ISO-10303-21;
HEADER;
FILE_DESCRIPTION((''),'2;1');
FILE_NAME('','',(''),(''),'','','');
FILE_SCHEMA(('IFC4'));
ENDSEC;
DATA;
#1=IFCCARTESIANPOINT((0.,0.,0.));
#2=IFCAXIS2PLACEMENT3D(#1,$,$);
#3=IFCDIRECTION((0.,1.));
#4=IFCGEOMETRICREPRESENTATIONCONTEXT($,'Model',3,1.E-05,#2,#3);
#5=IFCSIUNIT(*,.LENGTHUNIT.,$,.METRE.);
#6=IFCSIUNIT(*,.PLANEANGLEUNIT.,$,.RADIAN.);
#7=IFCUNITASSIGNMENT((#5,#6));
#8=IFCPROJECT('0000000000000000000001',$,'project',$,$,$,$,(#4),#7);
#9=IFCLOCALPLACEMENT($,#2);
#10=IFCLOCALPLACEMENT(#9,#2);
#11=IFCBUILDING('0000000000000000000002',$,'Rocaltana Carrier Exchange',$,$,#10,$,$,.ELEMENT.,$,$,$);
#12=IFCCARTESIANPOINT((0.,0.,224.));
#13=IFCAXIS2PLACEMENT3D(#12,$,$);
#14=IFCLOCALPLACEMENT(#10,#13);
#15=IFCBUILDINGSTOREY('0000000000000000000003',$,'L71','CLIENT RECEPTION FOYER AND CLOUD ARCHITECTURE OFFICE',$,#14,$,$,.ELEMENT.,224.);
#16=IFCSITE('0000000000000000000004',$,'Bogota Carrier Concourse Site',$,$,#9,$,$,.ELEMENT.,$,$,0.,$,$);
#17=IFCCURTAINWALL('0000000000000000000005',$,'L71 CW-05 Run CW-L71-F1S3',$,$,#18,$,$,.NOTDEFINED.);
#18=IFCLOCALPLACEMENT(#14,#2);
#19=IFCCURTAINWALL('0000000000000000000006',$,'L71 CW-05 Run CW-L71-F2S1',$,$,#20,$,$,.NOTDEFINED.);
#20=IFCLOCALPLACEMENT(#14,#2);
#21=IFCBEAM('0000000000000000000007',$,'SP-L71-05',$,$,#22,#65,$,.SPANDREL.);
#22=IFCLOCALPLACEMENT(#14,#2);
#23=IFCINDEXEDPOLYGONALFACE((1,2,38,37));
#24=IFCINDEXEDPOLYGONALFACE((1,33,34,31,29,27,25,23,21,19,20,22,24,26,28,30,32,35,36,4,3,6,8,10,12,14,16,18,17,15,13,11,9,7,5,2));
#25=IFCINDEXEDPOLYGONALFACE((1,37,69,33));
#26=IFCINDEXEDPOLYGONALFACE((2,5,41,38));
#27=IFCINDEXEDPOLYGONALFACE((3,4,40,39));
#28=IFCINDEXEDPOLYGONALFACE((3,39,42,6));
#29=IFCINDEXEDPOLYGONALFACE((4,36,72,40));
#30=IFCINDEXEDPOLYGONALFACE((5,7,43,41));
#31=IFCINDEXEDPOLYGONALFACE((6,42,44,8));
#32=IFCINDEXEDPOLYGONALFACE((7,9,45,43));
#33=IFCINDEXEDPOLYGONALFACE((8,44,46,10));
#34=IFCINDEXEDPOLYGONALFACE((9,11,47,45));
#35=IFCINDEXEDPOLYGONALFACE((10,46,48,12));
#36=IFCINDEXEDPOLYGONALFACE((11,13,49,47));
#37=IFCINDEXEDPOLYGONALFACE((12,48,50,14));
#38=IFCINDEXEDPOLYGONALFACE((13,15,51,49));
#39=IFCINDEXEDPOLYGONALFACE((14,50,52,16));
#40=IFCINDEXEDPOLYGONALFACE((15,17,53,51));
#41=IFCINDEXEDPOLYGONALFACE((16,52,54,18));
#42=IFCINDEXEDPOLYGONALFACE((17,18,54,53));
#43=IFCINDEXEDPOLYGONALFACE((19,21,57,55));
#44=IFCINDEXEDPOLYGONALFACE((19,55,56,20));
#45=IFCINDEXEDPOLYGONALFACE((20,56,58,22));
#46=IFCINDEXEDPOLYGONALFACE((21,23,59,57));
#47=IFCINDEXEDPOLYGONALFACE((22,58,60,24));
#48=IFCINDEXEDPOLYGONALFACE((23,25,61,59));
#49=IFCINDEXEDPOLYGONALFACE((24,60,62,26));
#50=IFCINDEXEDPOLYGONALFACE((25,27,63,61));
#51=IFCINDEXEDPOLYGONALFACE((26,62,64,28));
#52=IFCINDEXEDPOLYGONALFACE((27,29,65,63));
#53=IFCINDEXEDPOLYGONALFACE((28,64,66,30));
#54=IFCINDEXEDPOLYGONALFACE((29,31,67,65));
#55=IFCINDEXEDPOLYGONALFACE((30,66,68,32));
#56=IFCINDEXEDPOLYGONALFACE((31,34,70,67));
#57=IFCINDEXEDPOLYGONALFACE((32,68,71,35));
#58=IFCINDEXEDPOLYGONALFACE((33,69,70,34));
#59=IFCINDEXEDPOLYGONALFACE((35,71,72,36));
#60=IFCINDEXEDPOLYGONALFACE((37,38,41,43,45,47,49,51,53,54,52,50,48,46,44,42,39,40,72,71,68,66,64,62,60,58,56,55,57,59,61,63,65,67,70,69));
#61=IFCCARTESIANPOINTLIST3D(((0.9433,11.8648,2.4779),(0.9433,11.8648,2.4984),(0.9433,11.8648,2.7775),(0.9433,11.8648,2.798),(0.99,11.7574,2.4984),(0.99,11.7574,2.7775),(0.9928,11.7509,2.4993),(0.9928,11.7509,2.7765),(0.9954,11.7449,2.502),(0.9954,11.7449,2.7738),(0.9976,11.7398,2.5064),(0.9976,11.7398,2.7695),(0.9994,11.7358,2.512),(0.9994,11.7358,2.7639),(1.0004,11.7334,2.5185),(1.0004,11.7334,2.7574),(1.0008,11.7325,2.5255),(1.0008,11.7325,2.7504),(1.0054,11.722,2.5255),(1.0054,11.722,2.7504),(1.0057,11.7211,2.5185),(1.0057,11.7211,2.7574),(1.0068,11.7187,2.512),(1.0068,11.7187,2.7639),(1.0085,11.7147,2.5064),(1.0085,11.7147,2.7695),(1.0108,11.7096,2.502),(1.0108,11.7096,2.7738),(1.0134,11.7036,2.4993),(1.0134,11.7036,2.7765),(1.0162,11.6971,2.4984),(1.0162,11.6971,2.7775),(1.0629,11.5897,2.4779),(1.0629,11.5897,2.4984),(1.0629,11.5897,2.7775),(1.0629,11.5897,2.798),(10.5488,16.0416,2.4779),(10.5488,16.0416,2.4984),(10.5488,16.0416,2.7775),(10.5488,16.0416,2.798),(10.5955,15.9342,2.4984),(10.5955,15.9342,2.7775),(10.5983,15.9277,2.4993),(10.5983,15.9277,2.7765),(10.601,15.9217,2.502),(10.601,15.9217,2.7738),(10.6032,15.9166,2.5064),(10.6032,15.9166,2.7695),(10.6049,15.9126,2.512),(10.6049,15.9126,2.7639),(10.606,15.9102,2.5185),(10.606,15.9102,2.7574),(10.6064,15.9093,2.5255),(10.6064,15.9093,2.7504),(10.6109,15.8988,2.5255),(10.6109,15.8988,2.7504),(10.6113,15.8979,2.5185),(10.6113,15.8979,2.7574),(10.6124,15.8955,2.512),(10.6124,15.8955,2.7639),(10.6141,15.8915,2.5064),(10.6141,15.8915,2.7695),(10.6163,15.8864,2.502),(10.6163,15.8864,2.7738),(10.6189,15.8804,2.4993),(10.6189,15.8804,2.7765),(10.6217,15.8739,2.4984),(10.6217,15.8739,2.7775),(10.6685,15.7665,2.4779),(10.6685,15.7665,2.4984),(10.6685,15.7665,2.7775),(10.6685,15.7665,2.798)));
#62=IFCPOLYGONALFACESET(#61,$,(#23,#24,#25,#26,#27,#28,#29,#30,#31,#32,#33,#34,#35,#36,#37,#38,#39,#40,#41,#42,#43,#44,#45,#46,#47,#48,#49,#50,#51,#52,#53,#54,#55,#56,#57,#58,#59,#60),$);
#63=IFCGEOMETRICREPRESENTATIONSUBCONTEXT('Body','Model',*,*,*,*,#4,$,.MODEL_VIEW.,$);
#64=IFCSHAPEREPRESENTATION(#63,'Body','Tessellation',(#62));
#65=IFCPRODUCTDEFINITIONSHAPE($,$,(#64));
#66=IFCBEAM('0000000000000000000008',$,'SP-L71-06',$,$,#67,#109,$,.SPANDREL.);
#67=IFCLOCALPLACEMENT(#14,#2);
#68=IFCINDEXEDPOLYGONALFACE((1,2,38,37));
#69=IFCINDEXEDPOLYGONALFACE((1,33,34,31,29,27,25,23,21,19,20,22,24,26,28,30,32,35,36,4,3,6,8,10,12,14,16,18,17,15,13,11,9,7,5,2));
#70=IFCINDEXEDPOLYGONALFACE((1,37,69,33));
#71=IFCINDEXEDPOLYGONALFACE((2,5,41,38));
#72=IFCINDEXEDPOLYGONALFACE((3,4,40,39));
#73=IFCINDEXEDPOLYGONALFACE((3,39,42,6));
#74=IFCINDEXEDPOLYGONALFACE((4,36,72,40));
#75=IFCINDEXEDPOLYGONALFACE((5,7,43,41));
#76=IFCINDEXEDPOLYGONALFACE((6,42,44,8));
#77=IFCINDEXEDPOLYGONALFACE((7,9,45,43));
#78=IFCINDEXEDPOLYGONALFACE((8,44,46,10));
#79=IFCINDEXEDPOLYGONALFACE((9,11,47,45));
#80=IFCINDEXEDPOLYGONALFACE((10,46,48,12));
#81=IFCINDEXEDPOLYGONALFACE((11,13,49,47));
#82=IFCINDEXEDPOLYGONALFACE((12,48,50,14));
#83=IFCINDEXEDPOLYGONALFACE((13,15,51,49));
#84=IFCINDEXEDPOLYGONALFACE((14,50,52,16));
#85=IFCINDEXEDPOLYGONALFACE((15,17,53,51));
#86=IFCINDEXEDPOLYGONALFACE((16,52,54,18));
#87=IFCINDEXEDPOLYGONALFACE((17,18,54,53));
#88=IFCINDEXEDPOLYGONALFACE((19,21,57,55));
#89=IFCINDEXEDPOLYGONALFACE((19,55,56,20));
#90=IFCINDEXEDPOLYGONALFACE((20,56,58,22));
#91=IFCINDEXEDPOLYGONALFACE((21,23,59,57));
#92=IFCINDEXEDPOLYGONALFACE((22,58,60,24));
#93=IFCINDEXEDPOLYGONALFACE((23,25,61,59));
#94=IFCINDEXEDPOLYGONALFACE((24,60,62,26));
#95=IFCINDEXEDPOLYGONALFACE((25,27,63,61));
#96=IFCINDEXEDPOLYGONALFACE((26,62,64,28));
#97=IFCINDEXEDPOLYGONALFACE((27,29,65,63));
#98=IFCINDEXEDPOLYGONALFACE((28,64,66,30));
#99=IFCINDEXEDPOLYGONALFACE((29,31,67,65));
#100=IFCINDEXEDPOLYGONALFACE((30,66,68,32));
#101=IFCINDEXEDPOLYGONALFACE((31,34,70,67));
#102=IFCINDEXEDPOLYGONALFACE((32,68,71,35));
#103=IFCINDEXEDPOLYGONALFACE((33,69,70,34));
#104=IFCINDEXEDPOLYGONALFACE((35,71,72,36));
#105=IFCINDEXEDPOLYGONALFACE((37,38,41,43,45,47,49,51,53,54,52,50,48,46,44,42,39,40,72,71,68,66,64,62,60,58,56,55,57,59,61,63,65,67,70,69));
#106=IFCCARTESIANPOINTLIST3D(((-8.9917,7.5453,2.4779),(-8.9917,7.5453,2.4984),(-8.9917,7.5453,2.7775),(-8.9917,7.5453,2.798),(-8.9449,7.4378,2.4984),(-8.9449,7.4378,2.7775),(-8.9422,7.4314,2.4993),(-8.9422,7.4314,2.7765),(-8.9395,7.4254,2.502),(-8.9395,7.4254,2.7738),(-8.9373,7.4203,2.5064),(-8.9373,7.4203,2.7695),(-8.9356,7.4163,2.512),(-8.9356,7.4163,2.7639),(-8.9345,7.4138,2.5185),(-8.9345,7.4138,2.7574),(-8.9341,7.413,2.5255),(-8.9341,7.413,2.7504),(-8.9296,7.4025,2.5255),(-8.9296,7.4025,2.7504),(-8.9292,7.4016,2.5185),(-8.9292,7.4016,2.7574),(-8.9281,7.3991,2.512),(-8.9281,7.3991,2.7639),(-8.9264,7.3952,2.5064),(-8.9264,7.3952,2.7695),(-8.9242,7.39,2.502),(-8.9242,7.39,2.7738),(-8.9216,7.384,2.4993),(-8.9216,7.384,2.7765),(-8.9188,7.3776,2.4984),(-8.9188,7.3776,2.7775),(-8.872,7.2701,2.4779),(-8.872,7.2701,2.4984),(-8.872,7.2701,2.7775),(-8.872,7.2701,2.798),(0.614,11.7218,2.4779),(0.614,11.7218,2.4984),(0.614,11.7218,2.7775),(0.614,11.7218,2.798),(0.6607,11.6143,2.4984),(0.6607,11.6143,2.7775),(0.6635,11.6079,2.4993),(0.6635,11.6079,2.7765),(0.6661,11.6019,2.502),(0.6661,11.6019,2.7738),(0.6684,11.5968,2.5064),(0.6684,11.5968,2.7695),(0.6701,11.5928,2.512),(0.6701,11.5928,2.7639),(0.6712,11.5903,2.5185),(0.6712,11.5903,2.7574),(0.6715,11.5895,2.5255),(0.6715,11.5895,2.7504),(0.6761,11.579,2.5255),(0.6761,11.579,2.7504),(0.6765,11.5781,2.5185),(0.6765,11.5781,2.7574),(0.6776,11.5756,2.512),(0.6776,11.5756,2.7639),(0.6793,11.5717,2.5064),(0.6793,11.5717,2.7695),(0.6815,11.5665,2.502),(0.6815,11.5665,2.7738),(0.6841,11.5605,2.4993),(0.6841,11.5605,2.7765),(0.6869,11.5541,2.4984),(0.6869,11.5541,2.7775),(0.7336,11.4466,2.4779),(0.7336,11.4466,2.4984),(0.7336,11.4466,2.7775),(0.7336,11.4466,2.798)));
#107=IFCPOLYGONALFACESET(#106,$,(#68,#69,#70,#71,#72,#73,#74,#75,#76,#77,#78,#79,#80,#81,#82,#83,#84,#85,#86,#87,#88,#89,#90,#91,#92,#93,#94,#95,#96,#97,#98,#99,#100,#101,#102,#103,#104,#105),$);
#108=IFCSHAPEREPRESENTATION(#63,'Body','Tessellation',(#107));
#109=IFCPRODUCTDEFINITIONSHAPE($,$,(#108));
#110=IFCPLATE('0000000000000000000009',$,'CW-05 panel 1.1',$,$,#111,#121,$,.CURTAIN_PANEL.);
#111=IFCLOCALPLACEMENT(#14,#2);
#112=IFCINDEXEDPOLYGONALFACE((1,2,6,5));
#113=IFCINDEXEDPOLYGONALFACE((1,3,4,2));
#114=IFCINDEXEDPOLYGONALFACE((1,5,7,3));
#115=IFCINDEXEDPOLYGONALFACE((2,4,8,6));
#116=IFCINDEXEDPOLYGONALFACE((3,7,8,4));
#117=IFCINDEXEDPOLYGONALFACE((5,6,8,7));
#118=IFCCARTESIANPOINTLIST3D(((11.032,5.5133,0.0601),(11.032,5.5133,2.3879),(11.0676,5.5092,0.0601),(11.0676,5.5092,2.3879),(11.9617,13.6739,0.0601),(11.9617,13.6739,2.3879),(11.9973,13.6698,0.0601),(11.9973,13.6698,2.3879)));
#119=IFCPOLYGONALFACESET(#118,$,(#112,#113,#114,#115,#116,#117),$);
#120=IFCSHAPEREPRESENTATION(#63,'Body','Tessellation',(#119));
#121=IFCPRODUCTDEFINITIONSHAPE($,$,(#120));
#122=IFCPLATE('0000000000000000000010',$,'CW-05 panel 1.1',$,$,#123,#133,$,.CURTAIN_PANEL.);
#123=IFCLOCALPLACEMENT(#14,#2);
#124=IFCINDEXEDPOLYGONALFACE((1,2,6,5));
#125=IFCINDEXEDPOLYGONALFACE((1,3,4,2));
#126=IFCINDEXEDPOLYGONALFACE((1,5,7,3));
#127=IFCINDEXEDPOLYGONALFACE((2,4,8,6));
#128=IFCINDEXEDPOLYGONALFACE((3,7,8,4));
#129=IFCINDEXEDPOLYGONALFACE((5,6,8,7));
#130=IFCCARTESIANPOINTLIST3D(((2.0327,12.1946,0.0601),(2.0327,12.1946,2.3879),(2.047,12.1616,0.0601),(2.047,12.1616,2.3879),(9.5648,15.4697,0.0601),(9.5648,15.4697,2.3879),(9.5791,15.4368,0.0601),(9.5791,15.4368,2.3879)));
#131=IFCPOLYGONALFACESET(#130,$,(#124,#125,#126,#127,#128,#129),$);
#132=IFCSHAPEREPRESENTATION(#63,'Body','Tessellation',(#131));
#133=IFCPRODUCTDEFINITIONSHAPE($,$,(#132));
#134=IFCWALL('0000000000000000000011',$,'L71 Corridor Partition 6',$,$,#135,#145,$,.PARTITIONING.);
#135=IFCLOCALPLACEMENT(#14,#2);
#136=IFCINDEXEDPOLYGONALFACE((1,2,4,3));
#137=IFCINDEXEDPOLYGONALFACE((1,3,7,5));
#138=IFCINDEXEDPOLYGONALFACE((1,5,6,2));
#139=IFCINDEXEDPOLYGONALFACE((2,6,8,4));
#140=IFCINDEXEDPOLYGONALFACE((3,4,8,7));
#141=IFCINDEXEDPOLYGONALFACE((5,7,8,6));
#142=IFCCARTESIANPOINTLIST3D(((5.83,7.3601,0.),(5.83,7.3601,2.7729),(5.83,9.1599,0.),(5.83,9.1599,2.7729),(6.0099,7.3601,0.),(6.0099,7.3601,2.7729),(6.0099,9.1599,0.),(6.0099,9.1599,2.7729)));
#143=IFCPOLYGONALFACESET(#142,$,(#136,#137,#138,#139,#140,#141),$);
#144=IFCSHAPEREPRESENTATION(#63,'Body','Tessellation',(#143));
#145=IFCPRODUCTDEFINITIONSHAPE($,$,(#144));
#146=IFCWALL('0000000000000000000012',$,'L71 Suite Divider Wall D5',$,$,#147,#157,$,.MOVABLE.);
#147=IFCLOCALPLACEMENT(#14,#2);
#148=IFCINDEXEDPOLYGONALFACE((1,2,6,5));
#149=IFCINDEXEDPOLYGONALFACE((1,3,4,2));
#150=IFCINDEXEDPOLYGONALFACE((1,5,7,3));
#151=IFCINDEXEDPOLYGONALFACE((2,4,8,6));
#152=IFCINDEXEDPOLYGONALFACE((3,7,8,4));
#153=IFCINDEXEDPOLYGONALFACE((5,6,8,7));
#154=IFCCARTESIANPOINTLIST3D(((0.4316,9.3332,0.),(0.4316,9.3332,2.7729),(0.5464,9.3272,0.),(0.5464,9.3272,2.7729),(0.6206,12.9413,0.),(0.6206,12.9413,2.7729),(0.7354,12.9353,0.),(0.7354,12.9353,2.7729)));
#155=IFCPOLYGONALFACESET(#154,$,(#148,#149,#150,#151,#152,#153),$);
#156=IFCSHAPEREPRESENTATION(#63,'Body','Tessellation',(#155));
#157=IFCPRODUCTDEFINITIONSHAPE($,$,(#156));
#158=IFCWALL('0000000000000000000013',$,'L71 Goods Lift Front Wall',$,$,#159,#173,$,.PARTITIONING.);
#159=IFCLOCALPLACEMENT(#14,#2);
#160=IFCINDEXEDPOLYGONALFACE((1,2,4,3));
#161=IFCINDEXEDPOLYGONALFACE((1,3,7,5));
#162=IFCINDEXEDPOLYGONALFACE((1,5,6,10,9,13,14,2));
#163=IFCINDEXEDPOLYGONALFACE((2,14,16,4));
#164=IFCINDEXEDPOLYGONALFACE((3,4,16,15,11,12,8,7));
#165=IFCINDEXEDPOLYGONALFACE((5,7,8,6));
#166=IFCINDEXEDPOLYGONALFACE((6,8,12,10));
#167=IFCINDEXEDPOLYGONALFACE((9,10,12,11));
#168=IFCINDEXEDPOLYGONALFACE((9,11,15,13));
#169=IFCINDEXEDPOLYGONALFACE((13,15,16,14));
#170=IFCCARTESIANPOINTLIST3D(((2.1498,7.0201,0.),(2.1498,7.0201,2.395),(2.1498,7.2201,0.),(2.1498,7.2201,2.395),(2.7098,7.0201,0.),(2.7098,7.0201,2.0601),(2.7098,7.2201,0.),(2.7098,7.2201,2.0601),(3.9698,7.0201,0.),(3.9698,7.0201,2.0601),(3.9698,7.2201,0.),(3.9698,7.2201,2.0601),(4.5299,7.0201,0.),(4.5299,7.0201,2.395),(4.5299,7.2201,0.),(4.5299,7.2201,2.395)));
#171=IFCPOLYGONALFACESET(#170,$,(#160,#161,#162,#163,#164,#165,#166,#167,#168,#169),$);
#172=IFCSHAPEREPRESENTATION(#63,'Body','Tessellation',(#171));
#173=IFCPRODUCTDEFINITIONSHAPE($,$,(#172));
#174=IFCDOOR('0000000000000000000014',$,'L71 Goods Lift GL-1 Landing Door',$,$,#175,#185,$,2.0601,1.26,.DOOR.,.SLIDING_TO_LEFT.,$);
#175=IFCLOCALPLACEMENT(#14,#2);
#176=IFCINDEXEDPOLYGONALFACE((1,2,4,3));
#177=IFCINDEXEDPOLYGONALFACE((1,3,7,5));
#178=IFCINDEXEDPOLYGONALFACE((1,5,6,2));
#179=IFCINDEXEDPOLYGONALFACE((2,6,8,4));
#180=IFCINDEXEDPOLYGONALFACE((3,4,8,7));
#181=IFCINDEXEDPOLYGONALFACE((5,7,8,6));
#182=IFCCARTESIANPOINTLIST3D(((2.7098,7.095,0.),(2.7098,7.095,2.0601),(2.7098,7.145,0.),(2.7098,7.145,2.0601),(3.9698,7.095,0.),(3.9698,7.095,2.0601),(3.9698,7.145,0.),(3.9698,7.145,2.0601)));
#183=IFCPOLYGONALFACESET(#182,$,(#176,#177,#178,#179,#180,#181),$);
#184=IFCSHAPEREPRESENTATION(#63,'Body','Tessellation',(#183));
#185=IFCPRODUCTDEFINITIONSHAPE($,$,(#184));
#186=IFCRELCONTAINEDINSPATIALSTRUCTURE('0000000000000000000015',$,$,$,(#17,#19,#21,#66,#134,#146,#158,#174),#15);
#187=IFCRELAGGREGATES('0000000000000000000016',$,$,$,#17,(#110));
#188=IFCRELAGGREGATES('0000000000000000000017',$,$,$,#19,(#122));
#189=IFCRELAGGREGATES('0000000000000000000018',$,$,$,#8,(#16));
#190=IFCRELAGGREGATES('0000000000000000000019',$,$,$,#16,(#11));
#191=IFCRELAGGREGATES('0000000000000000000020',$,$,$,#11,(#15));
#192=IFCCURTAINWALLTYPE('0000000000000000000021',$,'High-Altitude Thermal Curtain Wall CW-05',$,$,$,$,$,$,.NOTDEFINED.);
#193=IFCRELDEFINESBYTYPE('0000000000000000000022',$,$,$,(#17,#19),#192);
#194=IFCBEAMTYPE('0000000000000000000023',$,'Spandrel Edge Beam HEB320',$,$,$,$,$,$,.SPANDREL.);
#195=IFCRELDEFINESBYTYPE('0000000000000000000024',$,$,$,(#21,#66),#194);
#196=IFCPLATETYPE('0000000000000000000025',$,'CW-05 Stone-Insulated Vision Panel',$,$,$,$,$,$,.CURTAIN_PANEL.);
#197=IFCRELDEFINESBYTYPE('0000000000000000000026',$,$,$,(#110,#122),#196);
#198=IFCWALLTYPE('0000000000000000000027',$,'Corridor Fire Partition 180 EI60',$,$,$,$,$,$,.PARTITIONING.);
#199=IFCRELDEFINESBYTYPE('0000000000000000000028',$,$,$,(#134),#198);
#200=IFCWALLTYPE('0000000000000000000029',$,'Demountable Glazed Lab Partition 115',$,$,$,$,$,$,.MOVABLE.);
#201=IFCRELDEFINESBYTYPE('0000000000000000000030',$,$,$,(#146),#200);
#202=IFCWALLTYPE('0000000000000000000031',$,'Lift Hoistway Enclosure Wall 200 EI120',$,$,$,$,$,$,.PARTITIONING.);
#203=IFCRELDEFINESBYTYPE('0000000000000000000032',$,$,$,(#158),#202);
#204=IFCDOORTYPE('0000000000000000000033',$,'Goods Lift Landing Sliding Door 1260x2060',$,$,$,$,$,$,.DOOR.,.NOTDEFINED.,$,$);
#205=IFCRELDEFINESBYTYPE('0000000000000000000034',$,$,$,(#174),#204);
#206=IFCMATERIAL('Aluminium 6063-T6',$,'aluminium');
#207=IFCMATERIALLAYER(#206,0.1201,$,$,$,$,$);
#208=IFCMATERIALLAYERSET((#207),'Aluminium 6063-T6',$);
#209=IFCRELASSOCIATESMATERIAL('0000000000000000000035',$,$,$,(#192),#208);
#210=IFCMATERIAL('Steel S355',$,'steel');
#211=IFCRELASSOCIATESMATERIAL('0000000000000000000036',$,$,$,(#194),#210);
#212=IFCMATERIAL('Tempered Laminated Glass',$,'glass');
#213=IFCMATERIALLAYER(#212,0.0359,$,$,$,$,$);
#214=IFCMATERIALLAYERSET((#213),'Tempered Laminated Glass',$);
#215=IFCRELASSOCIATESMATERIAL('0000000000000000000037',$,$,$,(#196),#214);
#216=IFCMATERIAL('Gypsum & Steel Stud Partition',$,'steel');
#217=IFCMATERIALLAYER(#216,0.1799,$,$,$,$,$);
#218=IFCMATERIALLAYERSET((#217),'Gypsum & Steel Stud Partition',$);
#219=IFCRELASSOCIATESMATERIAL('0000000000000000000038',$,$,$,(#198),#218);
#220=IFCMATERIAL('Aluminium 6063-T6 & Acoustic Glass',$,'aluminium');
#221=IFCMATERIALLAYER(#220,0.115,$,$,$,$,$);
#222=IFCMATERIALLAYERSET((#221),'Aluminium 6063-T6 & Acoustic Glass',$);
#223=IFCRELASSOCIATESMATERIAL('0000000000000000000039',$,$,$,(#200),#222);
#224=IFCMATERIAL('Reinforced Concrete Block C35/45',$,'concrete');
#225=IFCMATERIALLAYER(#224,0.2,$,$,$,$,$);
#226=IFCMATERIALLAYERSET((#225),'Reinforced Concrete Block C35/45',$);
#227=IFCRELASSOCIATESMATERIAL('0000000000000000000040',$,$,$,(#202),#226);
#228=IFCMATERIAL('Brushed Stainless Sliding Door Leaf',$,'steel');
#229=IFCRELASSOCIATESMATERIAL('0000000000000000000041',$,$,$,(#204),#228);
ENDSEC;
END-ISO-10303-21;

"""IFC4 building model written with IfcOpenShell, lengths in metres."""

from ifc_helpers import new_model, si_unit, direction, frame, frame_2d, origin, origin_2d, place, context, subcontext, project, spatial, rectangle, i_section, extrude, material, layer, layer_set, material_profile, profile_set, type_object, element, fill, aggregate, save


model = new_model("IFC4")

# Units and contexts
model_context = context("Model", 3, precision=1e-05, world=origin(), true_north=direction((0.0, 1.0)))
body_context = subcontext(model_context, "Body", "Model", "MODEL_VIEW")
ifc_project = project(units=[si_unit("LENGTHUNIT", "METRE"), si_unit("PLANEANGLEUNIT", "RADIAN")], contexts=[model_context])

# Site, building, storey
site_placement = place(None, origin())
site = spatial("IfcSite", under=ifc_project, at=site_placement, Name="Bogota Carrier Concourse Site", CompositionType="ELEMENT", RefElevation=0.0)
building_placement = place(site_placement, origin())
building = spatial("IfcBuilding", under=site, at=building_placement, Name="Rocaltana Carrier Exchange", CompositionType="ELEMENT")
storey_placement = place(building_placement, frame((0.0, 0.0, 224.0)))
storey = spatial("IfcBuildingStorey", under=building, at=storey_placement, Name="L71", Description="CLIENT RECEPTION FOYER AND CLOUD ARCHITECTURE OFFICE", CompositionType="ELEMENT", Elevation=224.0)

# Curtain wall
ifc_material_1 = material(Name="Aluminium 6063-T6", Category="aluminium")
ifc_layer_1 = layer(ifc_material_1, 0.1201)
ifc_layer_set_1 = layer_set([ifc_layer_1], Name="Aluminium 6063-T6")
curtain_wall_type = type_object("IfcCurtainWallType", Name="High-Altitude Thermal Curtain Wall CW-05", PredefinedType="NOTDEFINED", material=ifc_layer_set_1)
curtain_wall_1_placement = place(storey_placement, origin())
curtain_wall_1 = element("IfcCurtainWall", 1, at=curtain_wall_1_placement, inside=storey, type_object=curtain_wall_type, Name="L71 CW-05 Run CW-L71-F1S3", PredefinedType="NOTDEFINED")

# Curtain wall
curtain_wall_2_placement = place(storey_placement, origin())
curtain_wall_2 = element("IfcCurtainWall", 2, at=curtain_wall_2_placement, inside=storey, type_object=curtain_wall_type, Name="L71 CW-05 Run CW-L71-F2S1", PredefinedType="NOTDEFINED")

# Beams
ifc_material_2 = material(Name="Steel S355", Category="steel")
ifc_material_profile_1 = material_profile(ifc_material_2, i_section(OverallWidth=0.3, OverallDepth=0.3201, WebThickness=0.0115, FlangeThickness=0.0205, FilletRadius=0.0271, at=origin_2d()), Name="HEB320")
ifc_profile_set_1 = profile_set([ifc_material_profile_1], Name="Steel S355")
beam_type_1 = type_object("IfcBeamType", Name="Spandrel Edge Beam HEB320", PredefinedType="SPANDREL", material=ifc_profile_set_1)
for number, where, z_axis, x_axis, name in (
    (3, (10.6086, 15.9041, 2.6379), (-0.917054, -0.398764, 0.0), (0.398764, -0.917054, 0.0), "SP-L71-05"),
    (4, (0.6738, 11.5842, 2.6379), (-0.917066, -0.398735, 0.0), (0.398735, -0.917066, 0.0), "SP-L71-06"),
):
    element("IfcBeam", number, at=place(storey_placement, frame(where, z_axis=z_axis, x_axis=x_axis)), inside=storey, type_object=beam_type_1, Name=name, PredefinedType="SPANDREL", context=body_context, shape_type="SweptSolid", body=[
        extrude(i_section(OverallWidth=0.3, OverallDepth=0.3201, WebThickness=0.0115, FlangeThickness=0.0205, FilletRadius=0.0271, at=origin_2d()), origin(), (0.0, 0.0, 1.0), 10.4744),
    ])

# Plates
ifc_material_3 = material(Name="Tempered Laminated Glass", Category="glass")
ifc_layer_2 = layer(ifc_material_3, 0.0359)
ifc_layer_set_2 = layer_set([ifc_layer_2], Name="Tempered Laminated Glass")
plate_type = type_object("IfcPlateType", Name="CW-05 Stone-Insulated Vision Panel", PredefinedType="CURTAIN_PANEL", material=ifc_layer_set_2)
plate_1_placement = place(storey_placement, frame((11.5146, 9.5916, 0.0601), z_axis=(0.0, 0.0, 1.0), x_axis=(0.113197, 0.993573, 0.0)))
plate_1 = element("IfcPlate", 5, at=plate_1_placement, type_object=plate_type, Name="CW-05 panel 1.1", PredefinedType="CURTAIN_PANEL", context=body_context, shape_type="SweptSolid", body=[
    extrude(rectangle(XDim=8.2134, YDim=0.0359, at=origin_2d()), origin(), (0.0, 0.0, 1.0), 2.3279),
])
aggregate(curtain_wall_1, [plate_1])
plate_2_placement = place(storey_placement, frame((5.8059, 13.8157, 0.0601), z_axis=(0.0, 0.0, 1.0), x_axis=(-0.917057, -0.398757, 0.0)))
plate_2 = element("IfcPlate", 6, at=plate_2_placement, type_object=plate_type, Name="CW-05 panel 1.1", PredefinedType="CURTAIN_PANEL", context=body_context, shape_type="SweptSolid", body=[
    extrude(rectangle(XDim=8.2134, YDim=0.0359, at=origin_2d()), origin(), (0.0, 0.0, 1.0), 2.3279),
])
aggregate(curtain_wall_2, [plate_2])

# Walls
ifc_material_4 = material(Name="Gypsum & Steel Stud Partition", Category="steel")
ifc_layer_3 = layer(ifc_material_4, 0.1799)
ifc_layer_set_3 = layer_set([ifc_layer_3], Name="Gypsum & Steel Stud Partition")
wall_type_1 = type_object("IfcWallType", Name="Corridor Fire Partition 180 EI60", PredefinedType="PARTITIONING", material=ifc_layer_set_3)
wall_1_placement = place(storey_placement, frame((5.9199, 9.1599, 0.0), z_axis=(0.0, 0.0, 1.0), x_axis=(0.0, -1.0, 0.0)))
element("IfcWall", 7, at=wall_1_placement, inside=storey, type_object=wall_type_1, Name="L71 Corridor Partition 6", PredefinedType="PARTITIONING", context=body_context, shape_type="SweptSolid", body=[
    extrude(rectangle(XDim=1.7998, YDim=0.1799, at=frame_2d((0.8999, 0.0))), origin(), (0.0, 0.0, 1.0), 2.7729),
])
ifc_material_5 = material(Name="Aluminium 6063-T6 & Acoustic Glass", Category="aluminium")
ifc_layer_4 = layer(ifc_material_5, 0.115)
ifc_layer_set_4 = layer_set([ifc_layer_4], Name="Aluminium 6063-T6 & Acoustic Glass")
wall_type_2 = type_object("IfcWallType", Name="Demountable Glazed Lab Partition 115", PredefinedType="MOVABLE", material=ifc_layer_set_4)
wall_2_placement = place(storey_placement, frame((0.489, 9.3301, 0.0), z_axis=(0.0, 0.0, 1.0), x_axis=(0.0523, 0.998631, 0.0)))
element("IfcWall", 8, at=wall_2_placement, inside=storey, type_object=wall_type_2, Name="L71 Suite Divider Wall D5", PredefinedType="MOVABLE", context=body_context, shape_type="SweptSolid", body=[
    extrude(rectangle(XDim=3.613, YDim=0.115, at=frame_2d((1.8066, 0.0))), origin(), (0.0, 0.0, 1.0), 2.7729),
])

# Wall, opening, door
ifc_material_6 = material(Name="Reinforced Concrete Block C35/45", Category="concrete")
ifc_layer_5 = layer(ifc_material_6, 0.2)
ifc_layer_set_5 = layer_set([ifc_layer_5], Name="Reinforced Concrete Block C35/45")
wall_type_3 = type_object("IfcWallType", Name="Lift Hoistway Enclosure Wall 200 EI120", PredefinedType="PARTITIONING", material=ifc_layer_set_5)
wall_3_placement = place(storey_placement, frame((2.1499, 7.1201, 0.0), z_axis=(0.0, 0.0, 1.0), x_axis=(1.0, 0.0, 0.0)))
wall_3 = element("IfcWall", 9, at=wall_3_placement, inside=storey, type_object=wall_type_3, Name="L71 Goods Lift Front Wall", PredefinedType="PARTITIONING", context=body_context, shape_type="SweptSolid", body=[
    extrude(rectangle(XDim=2.3801, YDim=0.2, at=frame_2d((1.1899, 0.0))), origin(), (0.0, 0.0, 1.0), 2.395),
])
opening_1_placement = place(wall_3_placement, frame((0.5601, 0.0, 0.0)))
opening_1 = element("IfcOpeningElement", 10, at=opening_1_placement, cuts=wall_3, PredefinedType="OPENING", context=body_context, shape_type="SweptSolid", body=[
    extrude(rectangle(XDim=1.26, YDim=2.0601, at=frame_2d((0.6299, 1.03))), frame((0.0, 0.1099, 0.0), z_axis=(0.0, -1.0, 0.0), x_axis=(1.0, 0.0, 0.0)), (0.0, 0.0, 1.0), 0.22),
])
ifc_material_7 = material(Name="Brushed Stainless Sliding Door Leaf", Category="steel")
door_type_1 = type_object("IfcDoorType", Name="Goods Lift Landing Sliding Door 1260x2060", OperationType="NOTDEFINED", PredefinedType="DOOR", material=ifc_material_7)
door_1_placement = place(opening_1_placement, origin())
door_1 = element("IfcDoor", 11, at=door_1_placement, inside=storey, type_object=door_type_1, Name="L71 Goods Lift GL-1 Landing Door", OperationType="SLIDING_TO_LEFT", OverallHeight=2.0601, OverallWidth=1.26, PredefinedType="DOOR", context=body_context, shape_type="SweptSolid", body=[
    extrude(rectangle(XDim=1.26, YDim=2.0601, at=frame_2d((0.6299, 1.03))), frame((0.0, 0.0249, 0.0), z_axis=(0.0, -1.0, 0.0), x_axis=(1.0, 0.0, 0.0)), (0.0, 0.0, 1.0), 0.05),
])
fill(opening_1, door_1)

save(model, "model.ifc")
